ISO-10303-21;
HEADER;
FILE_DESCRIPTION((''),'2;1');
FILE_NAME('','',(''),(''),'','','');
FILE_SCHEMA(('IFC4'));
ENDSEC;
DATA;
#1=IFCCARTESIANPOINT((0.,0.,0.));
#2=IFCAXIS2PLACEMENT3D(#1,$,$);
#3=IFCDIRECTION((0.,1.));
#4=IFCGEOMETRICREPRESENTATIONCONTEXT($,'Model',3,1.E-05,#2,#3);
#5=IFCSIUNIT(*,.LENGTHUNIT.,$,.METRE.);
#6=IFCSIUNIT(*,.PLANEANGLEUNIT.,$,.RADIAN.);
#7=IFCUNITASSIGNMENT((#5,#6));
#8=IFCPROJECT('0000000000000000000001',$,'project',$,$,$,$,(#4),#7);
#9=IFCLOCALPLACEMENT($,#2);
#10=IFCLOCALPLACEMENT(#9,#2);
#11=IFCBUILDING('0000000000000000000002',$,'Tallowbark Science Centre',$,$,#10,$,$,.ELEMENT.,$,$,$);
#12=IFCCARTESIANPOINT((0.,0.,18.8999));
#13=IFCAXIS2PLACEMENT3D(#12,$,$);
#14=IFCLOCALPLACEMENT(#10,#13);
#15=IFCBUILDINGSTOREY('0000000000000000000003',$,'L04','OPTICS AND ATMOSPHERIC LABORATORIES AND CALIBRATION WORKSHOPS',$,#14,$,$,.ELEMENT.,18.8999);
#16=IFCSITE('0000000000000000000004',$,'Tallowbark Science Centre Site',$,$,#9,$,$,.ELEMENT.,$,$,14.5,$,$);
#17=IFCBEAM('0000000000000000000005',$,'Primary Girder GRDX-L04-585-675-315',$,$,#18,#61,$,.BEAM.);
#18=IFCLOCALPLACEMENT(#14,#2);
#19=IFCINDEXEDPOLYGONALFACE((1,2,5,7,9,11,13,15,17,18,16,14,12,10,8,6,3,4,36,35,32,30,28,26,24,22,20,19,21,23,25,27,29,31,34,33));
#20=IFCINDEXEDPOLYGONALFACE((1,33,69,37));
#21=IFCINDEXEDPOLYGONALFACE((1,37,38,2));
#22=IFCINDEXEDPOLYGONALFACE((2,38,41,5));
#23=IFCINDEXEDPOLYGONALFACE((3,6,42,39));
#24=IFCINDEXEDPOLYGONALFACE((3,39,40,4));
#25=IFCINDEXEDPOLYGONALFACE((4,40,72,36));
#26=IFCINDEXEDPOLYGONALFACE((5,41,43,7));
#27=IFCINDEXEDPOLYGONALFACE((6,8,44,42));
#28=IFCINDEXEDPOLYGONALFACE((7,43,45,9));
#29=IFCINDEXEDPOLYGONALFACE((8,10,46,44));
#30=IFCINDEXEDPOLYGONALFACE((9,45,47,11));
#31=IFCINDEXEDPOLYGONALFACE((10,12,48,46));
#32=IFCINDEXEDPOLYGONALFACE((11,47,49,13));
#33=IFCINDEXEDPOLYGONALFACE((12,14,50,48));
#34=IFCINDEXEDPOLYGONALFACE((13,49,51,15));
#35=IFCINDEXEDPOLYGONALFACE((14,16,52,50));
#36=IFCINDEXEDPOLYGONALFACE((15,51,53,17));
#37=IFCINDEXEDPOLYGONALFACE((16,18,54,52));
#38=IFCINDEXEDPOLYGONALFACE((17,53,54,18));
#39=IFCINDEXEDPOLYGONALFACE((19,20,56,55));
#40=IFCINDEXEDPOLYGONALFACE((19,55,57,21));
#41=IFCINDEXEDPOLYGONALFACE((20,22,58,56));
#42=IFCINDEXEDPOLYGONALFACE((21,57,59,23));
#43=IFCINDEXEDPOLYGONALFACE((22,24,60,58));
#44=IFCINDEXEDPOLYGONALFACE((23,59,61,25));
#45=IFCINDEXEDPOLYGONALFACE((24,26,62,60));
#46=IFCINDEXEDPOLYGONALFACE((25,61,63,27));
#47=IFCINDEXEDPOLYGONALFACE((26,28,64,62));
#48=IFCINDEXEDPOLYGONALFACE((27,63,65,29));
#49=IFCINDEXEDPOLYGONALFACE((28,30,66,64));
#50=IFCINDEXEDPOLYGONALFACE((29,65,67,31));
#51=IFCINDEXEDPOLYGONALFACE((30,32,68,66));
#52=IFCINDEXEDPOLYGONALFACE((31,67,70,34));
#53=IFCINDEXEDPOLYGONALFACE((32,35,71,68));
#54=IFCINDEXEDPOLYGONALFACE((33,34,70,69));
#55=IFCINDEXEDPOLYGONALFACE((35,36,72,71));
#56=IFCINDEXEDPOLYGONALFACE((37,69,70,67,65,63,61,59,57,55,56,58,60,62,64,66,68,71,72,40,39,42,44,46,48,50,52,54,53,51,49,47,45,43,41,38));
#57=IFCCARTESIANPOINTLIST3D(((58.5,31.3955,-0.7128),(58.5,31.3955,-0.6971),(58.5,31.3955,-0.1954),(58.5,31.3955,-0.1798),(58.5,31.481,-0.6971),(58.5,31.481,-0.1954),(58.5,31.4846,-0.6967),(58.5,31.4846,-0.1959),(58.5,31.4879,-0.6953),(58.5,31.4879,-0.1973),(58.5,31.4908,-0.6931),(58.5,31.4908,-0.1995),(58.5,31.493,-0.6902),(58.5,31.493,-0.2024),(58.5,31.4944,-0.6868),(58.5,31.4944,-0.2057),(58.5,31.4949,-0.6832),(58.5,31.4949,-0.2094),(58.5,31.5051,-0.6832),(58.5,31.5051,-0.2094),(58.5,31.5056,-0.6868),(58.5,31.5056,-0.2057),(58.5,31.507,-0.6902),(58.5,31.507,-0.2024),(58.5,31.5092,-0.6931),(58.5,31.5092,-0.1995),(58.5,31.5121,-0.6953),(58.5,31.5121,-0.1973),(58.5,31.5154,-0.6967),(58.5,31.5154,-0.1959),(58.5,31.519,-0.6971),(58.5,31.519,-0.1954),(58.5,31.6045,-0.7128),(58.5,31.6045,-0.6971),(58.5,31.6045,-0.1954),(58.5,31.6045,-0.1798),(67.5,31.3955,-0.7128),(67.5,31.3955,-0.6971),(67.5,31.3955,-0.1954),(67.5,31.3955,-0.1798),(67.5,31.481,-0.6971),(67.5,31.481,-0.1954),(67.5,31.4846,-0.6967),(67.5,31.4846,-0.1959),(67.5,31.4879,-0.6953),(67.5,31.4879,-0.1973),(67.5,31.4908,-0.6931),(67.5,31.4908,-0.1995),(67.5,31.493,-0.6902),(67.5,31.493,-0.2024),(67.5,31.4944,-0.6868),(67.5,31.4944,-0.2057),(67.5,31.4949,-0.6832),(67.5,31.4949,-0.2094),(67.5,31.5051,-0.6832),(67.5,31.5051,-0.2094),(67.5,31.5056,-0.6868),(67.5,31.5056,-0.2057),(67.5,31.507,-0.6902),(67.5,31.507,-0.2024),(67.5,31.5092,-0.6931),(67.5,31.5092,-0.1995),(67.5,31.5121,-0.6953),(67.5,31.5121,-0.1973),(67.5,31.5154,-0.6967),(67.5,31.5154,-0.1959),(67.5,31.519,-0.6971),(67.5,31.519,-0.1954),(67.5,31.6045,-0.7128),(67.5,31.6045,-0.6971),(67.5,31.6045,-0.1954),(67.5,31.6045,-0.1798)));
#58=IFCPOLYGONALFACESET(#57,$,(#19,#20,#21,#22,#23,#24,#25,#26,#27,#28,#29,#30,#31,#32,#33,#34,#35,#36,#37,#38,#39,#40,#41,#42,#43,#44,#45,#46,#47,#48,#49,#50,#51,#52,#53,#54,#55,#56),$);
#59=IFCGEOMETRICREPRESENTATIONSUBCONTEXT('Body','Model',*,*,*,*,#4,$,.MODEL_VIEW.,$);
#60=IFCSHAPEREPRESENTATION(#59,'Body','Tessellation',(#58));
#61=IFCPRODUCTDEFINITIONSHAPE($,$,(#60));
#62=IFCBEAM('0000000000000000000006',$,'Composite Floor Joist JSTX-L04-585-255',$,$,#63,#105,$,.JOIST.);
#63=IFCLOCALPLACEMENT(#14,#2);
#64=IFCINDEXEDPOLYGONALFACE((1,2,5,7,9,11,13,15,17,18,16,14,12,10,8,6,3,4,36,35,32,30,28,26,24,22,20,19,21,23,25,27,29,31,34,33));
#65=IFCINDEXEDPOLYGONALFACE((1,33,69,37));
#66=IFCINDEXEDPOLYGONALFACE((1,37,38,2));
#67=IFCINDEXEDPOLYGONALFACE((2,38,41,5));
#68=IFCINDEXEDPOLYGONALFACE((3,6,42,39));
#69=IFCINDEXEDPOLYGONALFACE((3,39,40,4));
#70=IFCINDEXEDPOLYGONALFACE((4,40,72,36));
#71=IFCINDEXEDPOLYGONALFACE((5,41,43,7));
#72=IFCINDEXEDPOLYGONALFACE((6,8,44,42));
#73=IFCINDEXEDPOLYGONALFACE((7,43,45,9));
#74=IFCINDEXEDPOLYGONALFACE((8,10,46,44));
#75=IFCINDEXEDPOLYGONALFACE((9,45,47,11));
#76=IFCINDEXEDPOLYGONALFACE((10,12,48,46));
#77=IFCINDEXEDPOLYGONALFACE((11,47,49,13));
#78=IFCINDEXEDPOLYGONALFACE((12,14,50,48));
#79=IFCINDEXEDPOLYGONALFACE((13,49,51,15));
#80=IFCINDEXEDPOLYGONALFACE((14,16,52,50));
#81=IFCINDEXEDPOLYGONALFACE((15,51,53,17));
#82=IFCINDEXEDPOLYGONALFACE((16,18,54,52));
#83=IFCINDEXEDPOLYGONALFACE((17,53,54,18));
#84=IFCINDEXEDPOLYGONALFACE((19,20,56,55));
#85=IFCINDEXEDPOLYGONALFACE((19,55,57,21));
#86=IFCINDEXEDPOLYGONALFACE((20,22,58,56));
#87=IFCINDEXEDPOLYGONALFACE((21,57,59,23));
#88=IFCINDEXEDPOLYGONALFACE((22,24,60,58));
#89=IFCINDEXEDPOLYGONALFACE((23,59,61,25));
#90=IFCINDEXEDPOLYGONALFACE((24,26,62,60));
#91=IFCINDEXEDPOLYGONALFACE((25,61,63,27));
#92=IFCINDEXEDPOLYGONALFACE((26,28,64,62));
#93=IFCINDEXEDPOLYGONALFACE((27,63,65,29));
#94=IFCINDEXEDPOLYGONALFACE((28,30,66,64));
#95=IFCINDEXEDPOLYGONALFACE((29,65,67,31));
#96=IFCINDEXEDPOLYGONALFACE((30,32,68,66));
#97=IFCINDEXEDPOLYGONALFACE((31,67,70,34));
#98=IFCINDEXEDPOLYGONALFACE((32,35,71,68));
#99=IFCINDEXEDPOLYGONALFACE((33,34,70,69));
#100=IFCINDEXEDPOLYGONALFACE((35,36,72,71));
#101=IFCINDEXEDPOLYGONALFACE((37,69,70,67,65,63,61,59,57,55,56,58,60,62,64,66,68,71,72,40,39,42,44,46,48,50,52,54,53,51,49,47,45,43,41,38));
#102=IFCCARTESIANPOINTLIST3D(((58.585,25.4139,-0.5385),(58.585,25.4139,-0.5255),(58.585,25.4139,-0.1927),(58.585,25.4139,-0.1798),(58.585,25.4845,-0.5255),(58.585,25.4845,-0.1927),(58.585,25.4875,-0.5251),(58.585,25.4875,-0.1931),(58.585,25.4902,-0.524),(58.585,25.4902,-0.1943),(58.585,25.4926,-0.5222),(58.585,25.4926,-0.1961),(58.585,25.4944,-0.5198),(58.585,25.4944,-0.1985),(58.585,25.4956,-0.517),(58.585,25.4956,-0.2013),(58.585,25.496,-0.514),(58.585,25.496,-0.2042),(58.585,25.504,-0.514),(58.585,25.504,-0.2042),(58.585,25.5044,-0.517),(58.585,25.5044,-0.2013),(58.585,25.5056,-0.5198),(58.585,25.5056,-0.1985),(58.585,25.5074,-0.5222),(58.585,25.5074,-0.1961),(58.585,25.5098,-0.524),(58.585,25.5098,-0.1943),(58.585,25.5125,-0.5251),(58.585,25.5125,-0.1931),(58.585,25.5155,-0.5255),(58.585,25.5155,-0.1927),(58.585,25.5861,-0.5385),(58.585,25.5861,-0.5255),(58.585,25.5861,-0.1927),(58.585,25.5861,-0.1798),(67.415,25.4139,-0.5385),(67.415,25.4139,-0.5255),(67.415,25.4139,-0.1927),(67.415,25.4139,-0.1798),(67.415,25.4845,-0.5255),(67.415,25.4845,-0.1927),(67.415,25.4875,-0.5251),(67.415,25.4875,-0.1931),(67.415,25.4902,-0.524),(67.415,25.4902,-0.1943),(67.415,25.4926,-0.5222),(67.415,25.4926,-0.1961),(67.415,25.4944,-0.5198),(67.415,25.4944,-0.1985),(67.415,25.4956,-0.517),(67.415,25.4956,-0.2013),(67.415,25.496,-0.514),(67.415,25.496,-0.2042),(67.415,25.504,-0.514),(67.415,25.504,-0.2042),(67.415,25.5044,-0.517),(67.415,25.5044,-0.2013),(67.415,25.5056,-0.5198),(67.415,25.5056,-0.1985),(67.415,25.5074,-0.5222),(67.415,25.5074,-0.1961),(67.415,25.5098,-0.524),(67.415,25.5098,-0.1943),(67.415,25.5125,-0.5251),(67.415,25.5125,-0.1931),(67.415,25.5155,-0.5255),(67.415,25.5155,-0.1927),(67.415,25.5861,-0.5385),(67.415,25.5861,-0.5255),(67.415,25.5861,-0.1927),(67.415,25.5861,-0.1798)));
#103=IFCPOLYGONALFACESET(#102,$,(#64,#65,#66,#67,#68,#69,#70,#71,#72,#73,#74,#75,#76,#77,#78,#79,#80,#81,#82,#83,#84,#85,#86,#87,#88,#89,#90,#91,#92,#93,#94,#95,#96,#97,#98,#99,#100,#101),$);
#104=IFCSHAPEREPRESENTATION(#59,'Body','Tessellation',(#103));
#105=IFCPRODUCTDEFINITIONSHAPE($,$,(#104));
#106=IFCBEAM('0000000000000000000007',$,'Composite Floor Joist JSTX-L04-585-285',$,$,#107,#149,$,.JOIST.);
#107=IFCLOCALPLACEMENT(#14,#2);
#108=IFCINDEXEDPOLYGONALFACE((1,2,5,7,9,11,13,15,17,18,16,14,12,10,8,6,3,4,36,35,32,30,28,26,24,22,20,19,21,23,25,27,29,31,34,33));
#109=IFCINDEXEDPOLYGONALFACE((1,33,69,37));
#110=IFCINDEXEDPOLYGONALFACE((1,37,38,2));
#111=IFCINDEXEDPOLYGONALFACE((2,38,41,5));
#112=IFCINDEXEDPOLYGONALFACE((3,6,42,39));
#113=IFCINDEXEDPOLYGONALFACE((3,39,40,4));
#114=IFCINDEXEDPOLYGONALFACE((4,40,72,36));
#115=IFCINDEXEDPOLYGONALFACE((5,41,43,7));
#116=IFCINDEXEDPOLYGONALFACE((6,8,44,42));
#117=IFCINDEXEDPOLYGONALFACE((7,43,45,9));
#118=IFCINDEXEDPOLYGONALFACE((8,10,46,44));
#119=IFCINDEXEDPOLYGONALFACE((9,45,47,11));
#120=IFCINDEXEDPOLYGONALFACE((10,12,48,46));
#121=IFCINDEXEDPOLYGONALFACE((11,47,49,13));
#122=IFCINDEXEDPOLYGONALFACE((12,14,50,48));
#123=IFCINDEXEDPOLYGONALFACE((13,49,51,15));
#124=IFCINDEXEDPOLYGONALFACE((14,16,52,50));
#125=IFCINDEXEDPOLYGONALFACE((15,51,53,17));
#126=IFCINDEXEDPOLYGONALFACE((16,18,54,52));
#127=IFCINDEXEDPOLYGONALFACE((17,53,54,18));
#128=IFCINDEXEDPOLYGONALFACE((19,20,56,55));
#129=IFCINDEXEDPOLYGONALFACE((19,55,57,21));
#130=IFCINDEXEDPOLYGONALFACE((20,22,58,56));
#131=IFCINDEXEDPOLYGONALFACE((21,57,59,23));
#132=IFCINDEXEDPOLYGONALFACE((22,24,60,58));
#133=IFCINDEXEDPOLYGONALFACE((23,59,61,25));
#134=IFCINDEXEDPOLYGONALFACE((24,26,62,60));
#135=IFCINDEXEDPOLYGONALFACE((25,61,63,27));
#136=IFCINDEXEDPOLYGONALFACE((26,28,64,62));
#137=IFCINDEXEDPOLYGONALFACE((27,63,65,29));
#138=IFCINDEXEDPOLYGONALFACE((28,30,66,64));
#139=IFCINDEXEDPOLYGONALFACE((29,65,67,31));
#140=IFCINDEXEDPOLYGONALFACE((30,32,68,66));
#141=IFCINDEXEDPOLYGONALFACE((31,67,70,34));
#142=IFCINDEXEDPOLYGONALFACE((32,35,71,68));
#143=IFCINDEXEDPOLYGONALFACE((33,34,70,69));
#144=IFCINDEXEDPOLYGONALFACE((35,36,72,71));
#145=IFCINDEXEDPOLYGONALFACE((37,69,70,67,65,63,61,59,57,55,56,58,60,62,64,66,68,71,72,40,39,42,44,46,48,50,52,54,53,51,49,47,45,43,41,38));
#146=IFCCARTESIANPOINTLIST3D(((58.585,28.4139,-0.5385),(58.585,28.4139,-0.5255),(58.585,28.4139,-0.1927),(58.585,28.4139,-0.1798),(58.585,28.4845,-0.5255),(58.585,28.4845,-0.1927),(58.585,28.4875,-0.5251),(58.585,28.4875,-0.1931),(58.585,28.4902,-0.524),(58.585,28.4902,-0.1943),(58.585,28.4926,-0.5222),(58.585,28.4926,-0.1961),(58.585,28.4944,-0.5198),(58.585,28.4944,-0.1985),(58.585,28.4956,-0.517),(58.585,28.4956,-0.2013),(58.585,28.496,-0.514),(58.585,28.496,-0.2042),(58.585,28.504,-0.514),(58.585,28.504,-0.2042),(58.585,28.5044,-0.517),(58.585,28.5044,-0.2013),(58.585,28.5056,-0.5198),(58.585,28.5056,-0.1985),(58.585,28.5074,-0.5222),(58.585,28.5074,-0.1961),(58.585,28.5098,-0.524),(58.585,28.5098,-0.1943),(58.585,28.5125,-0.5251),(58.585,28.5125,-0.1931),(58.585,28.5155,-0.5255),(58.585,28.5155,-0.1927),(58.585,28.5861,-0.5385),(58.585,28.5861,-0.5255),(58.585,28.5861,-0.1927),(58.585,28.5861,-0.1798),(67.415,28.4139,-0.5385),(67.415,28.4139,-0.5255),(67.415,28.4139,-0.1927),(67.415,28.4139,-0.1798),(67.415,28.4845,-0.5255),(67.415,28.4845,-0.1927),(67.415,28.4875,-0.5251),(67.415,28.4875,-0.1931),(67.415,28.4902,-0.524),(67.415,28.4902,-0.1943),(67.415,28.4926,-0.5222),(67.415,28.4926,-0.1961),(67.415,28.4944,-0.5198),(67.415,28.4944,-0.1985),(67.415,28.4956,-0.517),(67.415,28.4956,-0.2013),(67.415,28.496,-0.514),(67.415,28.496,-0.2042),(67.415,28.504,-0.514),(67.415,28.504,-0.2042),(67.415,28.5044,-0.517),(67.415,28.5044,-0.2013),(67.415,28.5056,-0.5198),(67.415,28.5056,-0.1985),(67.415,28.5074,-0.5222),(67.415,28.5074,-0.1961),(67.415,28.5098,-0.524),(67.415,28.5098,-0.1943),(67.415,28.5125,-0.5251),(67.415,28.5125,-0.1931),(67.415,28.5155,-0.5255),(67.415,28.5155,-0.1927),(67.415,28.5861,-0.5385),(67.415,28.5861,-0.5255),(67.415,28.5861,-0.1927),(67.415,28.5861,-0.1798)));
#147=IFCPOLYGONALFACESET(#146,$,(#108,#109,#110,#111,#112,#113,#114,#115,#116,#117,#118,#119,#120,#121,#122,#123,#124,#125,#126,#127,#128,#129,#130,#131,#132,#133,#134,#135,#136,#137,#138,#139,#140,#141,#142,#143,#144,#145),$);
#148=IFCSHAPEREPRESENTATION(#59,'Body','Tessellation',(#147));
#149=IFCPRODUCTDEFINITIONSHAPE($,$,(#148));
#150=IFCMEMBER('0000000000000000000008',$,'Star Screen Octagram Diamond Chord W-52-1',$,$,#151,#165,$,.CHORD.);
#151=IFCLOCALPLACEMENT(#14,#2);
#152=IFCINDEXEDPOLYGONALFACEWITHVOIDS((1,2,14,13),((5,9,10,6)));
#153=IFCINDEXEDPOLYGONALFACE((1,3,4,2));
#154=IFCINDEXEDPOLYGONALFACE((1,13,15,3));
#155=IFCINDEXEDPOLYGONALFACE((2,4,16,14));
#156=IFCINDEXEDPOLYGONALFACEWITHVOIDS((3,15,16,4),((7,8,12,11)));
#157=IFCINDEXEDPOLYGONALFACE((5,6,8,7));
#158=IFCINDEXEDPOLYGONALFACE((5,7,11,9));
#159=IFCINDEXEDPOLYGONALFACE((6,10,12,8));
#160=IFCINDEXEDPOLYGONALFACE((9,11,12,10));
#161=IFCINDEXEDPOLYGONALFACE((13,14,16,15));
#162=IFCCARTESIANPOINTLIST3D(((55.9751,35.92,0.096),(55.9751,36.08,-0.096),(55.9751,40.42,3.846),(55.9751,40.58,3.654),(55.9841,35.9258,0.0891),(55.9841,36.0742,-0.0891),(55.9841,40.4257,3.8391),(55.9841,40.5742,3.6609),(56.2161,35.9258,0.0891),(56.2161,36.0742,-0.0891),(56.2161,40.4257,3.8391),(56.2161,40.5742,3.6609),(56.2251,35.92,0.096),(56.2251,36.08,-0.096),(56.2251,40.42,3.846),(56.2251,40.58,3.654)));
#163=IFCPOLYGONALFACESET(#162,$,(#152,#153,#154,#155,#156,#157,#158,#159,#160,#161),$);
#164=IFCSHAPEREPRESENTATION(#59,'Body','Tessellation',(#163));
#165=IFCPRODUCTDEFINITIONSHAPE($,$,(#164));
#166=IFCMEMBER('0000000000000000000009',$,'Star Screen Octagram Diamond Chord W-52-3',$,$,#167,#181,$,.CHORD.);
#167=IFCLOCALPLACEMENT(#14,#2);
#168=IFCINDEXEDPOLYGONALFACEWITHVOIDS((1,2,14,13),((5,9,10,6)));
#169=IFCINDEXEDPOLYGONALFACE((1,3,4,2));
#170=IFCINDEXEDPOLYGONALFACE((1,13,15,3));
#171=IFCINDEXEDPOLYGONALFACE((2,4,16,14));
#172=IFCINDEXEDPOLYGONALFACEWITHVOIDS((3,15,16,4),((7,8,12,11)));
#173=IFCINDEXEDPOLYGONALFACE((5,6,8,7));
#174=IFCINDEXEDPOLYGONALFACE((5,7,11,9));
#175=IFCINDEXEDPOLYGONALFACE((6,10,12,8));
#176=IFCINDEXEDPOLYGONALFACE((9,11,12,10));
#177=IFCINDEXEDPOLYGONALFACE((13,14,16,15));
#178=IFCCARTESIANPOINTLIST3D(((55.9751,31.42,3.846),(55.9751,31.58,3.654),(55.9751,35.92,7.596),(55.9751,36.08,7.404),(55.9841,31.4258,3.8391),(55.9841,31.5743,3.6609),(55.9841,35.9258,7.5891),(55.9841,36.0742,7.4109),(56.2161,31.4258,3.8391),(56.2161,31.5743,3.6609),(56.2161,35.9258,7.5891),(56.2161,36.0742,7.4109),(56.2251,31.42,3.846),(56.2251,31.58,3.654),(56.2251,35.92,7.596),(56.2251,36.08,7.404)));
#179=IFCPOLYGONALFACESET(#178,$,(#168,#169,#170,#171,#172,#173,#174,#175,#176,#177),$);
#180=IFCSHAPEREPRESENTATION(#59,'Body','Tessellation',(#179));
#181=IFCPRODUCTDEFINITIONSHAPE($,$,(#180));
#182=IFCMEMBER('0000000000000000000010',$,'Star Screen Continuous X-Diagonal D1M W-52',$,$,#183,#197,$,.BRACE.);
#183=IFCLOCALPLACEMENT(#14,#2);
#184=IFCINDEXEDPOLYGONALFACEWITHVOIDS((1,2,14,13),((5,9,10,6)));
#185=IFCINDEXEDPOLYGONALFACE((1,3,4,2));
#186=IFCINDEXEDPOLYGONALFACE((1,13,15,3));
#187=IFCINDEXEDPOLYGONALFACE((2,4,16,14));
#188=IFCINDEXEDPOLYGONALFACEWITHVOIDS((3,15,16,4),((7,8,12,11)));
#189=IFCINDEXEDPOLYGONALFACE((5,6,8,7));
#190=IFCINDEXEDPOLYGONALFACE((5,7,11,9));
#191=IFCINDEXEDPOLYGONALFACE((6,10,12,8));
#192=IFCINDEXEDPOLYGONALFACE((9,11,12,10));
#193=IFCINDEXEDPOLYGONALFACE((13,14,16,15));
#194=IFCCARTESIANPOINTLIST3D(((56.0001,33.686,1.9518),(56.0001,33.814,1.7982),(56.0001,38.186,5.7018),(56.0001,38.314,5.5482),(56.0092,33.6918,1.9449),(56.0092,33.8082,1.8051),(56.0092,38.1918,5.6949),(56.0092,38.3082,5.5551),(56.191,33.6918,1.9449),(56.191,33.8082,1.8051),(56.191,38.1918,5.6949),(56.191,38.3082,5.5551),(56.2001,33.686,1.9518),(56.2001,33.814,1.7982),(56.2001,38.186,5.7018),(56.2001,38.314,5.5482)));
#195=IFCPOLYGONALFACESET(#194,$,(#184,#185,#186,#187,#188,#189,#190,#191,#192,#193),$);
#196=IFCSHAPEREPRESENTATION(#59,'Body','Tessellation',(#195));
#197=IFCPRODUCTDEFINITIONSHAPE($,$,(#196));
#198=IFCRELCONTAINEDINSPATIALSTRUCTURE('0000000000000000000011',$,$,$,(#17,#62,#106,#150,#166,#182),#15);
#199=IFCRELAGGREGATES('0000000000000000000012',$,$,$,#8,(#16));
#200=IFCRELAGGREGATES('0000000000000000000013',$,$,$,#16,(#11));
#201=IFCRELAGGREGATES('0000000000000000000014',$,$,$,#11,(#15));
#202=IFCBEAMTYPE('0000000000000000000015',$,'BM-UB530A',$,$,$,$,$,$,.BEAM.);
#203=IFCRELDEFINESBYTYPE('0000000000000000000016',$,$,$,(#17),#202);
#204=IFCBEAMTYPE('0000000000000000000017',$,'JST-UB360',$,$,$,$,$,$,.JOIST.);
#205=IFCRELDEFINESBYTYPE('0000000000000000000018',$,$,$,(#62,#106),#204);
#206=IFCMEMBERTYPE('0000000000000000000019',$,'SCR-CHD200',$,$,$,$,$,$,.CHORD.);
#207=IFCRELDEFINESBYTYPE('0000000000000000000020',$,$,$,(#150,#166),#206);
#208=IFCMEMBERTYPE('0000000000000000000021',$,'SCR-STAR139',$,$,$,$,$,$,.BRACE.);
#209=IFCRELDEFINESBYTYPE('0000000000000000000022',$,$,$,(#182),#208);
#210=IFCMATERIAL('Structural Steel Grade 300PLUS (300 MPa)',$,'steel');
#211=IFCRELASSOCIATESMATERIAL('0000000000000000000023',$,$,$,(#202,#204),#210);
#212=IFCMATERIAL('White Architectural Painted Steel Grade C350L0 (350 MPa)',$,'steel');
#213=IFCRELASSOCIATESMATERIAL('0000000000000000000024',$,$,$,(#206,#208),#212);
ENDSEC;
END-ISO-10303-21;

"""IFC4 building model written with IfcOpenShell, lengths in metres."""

from ifc_helpers import new_model, si_unit, direction, frame, origin, origin_2d, place, context, subcontext, project, spatial, hollow_rectangle, i_section, extrude, material, material_profile, profile_set, type_object, element, save


model = new_model("IFC4")

# Units and contexts
model_context = context("Model", 3, precision=1e-05, world=origin(), true_north=direction((0.0, 1.0)))
body_context = subcontext(model_context, "Body", "Model", "MODEL_VIEW")
ifc_project = project(units=[si_unit("LENGTHUNIT", "METRE"), si_unit("PLANEANGLEUNIT", "RADIAN")], contexts=[model_context])

# Site, building, storey
site_placement = place(None, origin())
site = spatial("IfcSite", under=ifc_project, at=site_placement, Name="Tallowbark Science Centre Site", CompositionType="ELEMENT", RefElevation=14.5)
building_placement = place(site_placement, origin())
building = spatial("IfcBuilding", under=site, at=building_placement, Name="Tallowbark Science Centre", CompositionType="ELEMENT")
storey_placement = place(building_placement, frame((0.0, 0.0, 18.8999)))
storey = spatial("IfcBuildingStorey", under=building, at=storey_placement, Name="L04", Description="OPTICS AND ATMOSPHERIC LABORATORIES AND CALIBRATION WORKSHOPS", CompositionType="ELEMENT", Elevation=18.8999)

# Shared definitions
ifc_material_1 = material(Name="Structural Steel Grade 300PLUS (300 MPa)", Category="steel")

# Beams
ifc_material_2 = material(Name="White Architectural Painted Steel Grade C350L0 (350 MPa)", Category="steel")
ifc_material_profile_1 = material_profile(ifc_material_1, i_section(OverallWidth=0.209, OverallDepth=0.533, WebThickness=0.0103, FlangeThickness=0.0156, FilletRadius=0.0139, at=origin_2d()), Name="530UB92.4")
ifc_profile_set_1 = profile_set([ifc_material_profile_1], Name="Structural Steel Grade 300PLUS (300 MPa)")
beam_type_1 = type_object("IfcBeamType", Name="BM-UB530A", PredefinedType="BEAM", material=ifc_profile_set_1)
beam_1_placement = place(storey_placement, frame((58.5, 31.5, -0.4463), z_axis=(1.0, 0.0, 0.0), x_axis=(0.0, 1.0, 0.0)))
element("IfcBeam", 1, at=beam_1_placement, inside=storey, type_object=beam_type_1, Name="Primary Girder GRDX-L04-585-675-315", PredefinedType="BEAM", context=body_context, shape_type="SweptSolid", body=[
    extrude(i_section(OverallWidth=0.209, OverallDepth=0.533, WebThickness=0.0103, FlangeThickness=0.0156, FilletRadius=0.0139, at=origin_2d()), origin(), (0.0, 0.0, 1.0), 9.0),
])
ifc_material_profile_2 = material_profile(ifc_material_1, i_section(OverallWidth=0.1721, OverallDepth=0.3586, WebThickness=0.0081, FlangeThickness=0.0129, FilletRadius=0.0115, at=origin_2d()), Name="360UB56.7")
ifc_profile_set_2 = profile_set([ifc_material_profile_2], Name="Structural Steel Grade 300PLUS (300 MPa)")
beam_type_2 = type_object("IfcBeamType", Name="JST-UB360", PredefinedType="JOIST", material=ifc_profile_set_2)
for number, where, z_axis, x_axis, name in (
    (2, (58.585, 25.5, -0.3591), (1.0, 0.0, 0.0), (0.0, 1.0, 0.0), "Composite Floor Joist JSTX-L04-585-255"),
    (3, (58.585, 28.5, -0.3591), (1.0, 0.0, 0.0), (0.0, 1.0, 0.0), "Composite Floor Joist JSTX-L04-585-285"),
):
    element("IfcBeam", number, at=place(storey_placement, frame(where, z_axis=z_axis, x_axis=x_axis)), inside=storey, type_object=beam_type_2, Name=name, PredefinedType="JOIST", context=body_context, shape_type="SweptSolid", body=[
        extrude(i_section(OverallWidth=0.1721, OverallDepth=0.3586, WebThickness=0.0081, FlangeThickness=0.0129, FilletRadius=0.0115, at=origin_2d()), origin(), (0.0, 0.0, 1.0), 8.8301),
    ])

# Members
ifc_material_profile_3 = material_profile(ifc_material_2, hollow_rectangle(XDim=0.25, YDim=0.25, WallThickness=0.009, at=origin_2d()), Name="250x250x9.0SHS")
ifc_profile_set_3 = profile_set([ifc_material_profile_3], Name="White Architectural Painted Steel Grade C350L0 (350 MPa)")
member_type_1 = type_object("IfcMemberType", Name="SCR-CHD200", PredefinedType="CHORD", material=ifc_profile_set_3)
for number, where, z_axis, x_axis, name in (
    (4, (56.1001, 36.0, 0.0), (0.0, 0.768221, 0.640184), (-1.0, 0.0, 0.0), "Star Screen Octagram Diamond Chord W-52-1"),
    (5, (56.1001, 36.0, 7.5), (0.0, -0.768221, -0.640184), (1.0, 0.0, 0.0), "Star Screen Octagram Diamond Chord W-52-3"),
):
    element("IfcMember", number, at=place(storey_placement, frame(where, z_axis=z_axis, x_axis=x_axis)), inside=storey, type_object=member_type_1, Name=name, PredefinedType="CHORD", context=body_context, shape_type="SweptSolid", body=[
        extrude(hollow_rectangle(XDim=0.25, YDim=0.25, WallThickness=0.009, at=origin_2d()), origin(), (0.0, 0.0, 1.0), 5.8577),
    ])
ifc_material_profile_4 = material_profile(ifc_material_2, hollow_rectangle(XDim=0.2, YDim=0.2, WallThickness=0.009, at=origin_2d()), Name="200x200x9.0SHS")
ifc_profile_set_4 = profile_set([ifc_material_profile_4], Name="White Architectural Painted Steel Grade C350L0 (350 MPa)")
member_type_2 = type_object("IfcMemberType", Name="SCR-STAR139", PredefinedType="BRACE", material=ifc_profile_set_4)
member_1_placement = place(storey_placement, frame((56.1001, 33.75, 1.875), z_axis=(0.0, 0.768221, 0.640184), x_axis=(-1.0, 0.0, 0.0)))
element("IfcMember", 6, at=member_1_placement, inside=storey, type_object=member_type_2, Name="Star Screen Continuous X-Diagonal D1M W-52", PredefinedType="BRACE", context=body_context, shape_type="SweptSolid", body=[
    extrude(hollow_rectangle(XDim=0.2, YDim=0.2, WallThickness=0.009, at=origin_2d()), origin(), (0.0, 0.0, 1.0), 5.8577),
])

save(model, "model.ifc")
